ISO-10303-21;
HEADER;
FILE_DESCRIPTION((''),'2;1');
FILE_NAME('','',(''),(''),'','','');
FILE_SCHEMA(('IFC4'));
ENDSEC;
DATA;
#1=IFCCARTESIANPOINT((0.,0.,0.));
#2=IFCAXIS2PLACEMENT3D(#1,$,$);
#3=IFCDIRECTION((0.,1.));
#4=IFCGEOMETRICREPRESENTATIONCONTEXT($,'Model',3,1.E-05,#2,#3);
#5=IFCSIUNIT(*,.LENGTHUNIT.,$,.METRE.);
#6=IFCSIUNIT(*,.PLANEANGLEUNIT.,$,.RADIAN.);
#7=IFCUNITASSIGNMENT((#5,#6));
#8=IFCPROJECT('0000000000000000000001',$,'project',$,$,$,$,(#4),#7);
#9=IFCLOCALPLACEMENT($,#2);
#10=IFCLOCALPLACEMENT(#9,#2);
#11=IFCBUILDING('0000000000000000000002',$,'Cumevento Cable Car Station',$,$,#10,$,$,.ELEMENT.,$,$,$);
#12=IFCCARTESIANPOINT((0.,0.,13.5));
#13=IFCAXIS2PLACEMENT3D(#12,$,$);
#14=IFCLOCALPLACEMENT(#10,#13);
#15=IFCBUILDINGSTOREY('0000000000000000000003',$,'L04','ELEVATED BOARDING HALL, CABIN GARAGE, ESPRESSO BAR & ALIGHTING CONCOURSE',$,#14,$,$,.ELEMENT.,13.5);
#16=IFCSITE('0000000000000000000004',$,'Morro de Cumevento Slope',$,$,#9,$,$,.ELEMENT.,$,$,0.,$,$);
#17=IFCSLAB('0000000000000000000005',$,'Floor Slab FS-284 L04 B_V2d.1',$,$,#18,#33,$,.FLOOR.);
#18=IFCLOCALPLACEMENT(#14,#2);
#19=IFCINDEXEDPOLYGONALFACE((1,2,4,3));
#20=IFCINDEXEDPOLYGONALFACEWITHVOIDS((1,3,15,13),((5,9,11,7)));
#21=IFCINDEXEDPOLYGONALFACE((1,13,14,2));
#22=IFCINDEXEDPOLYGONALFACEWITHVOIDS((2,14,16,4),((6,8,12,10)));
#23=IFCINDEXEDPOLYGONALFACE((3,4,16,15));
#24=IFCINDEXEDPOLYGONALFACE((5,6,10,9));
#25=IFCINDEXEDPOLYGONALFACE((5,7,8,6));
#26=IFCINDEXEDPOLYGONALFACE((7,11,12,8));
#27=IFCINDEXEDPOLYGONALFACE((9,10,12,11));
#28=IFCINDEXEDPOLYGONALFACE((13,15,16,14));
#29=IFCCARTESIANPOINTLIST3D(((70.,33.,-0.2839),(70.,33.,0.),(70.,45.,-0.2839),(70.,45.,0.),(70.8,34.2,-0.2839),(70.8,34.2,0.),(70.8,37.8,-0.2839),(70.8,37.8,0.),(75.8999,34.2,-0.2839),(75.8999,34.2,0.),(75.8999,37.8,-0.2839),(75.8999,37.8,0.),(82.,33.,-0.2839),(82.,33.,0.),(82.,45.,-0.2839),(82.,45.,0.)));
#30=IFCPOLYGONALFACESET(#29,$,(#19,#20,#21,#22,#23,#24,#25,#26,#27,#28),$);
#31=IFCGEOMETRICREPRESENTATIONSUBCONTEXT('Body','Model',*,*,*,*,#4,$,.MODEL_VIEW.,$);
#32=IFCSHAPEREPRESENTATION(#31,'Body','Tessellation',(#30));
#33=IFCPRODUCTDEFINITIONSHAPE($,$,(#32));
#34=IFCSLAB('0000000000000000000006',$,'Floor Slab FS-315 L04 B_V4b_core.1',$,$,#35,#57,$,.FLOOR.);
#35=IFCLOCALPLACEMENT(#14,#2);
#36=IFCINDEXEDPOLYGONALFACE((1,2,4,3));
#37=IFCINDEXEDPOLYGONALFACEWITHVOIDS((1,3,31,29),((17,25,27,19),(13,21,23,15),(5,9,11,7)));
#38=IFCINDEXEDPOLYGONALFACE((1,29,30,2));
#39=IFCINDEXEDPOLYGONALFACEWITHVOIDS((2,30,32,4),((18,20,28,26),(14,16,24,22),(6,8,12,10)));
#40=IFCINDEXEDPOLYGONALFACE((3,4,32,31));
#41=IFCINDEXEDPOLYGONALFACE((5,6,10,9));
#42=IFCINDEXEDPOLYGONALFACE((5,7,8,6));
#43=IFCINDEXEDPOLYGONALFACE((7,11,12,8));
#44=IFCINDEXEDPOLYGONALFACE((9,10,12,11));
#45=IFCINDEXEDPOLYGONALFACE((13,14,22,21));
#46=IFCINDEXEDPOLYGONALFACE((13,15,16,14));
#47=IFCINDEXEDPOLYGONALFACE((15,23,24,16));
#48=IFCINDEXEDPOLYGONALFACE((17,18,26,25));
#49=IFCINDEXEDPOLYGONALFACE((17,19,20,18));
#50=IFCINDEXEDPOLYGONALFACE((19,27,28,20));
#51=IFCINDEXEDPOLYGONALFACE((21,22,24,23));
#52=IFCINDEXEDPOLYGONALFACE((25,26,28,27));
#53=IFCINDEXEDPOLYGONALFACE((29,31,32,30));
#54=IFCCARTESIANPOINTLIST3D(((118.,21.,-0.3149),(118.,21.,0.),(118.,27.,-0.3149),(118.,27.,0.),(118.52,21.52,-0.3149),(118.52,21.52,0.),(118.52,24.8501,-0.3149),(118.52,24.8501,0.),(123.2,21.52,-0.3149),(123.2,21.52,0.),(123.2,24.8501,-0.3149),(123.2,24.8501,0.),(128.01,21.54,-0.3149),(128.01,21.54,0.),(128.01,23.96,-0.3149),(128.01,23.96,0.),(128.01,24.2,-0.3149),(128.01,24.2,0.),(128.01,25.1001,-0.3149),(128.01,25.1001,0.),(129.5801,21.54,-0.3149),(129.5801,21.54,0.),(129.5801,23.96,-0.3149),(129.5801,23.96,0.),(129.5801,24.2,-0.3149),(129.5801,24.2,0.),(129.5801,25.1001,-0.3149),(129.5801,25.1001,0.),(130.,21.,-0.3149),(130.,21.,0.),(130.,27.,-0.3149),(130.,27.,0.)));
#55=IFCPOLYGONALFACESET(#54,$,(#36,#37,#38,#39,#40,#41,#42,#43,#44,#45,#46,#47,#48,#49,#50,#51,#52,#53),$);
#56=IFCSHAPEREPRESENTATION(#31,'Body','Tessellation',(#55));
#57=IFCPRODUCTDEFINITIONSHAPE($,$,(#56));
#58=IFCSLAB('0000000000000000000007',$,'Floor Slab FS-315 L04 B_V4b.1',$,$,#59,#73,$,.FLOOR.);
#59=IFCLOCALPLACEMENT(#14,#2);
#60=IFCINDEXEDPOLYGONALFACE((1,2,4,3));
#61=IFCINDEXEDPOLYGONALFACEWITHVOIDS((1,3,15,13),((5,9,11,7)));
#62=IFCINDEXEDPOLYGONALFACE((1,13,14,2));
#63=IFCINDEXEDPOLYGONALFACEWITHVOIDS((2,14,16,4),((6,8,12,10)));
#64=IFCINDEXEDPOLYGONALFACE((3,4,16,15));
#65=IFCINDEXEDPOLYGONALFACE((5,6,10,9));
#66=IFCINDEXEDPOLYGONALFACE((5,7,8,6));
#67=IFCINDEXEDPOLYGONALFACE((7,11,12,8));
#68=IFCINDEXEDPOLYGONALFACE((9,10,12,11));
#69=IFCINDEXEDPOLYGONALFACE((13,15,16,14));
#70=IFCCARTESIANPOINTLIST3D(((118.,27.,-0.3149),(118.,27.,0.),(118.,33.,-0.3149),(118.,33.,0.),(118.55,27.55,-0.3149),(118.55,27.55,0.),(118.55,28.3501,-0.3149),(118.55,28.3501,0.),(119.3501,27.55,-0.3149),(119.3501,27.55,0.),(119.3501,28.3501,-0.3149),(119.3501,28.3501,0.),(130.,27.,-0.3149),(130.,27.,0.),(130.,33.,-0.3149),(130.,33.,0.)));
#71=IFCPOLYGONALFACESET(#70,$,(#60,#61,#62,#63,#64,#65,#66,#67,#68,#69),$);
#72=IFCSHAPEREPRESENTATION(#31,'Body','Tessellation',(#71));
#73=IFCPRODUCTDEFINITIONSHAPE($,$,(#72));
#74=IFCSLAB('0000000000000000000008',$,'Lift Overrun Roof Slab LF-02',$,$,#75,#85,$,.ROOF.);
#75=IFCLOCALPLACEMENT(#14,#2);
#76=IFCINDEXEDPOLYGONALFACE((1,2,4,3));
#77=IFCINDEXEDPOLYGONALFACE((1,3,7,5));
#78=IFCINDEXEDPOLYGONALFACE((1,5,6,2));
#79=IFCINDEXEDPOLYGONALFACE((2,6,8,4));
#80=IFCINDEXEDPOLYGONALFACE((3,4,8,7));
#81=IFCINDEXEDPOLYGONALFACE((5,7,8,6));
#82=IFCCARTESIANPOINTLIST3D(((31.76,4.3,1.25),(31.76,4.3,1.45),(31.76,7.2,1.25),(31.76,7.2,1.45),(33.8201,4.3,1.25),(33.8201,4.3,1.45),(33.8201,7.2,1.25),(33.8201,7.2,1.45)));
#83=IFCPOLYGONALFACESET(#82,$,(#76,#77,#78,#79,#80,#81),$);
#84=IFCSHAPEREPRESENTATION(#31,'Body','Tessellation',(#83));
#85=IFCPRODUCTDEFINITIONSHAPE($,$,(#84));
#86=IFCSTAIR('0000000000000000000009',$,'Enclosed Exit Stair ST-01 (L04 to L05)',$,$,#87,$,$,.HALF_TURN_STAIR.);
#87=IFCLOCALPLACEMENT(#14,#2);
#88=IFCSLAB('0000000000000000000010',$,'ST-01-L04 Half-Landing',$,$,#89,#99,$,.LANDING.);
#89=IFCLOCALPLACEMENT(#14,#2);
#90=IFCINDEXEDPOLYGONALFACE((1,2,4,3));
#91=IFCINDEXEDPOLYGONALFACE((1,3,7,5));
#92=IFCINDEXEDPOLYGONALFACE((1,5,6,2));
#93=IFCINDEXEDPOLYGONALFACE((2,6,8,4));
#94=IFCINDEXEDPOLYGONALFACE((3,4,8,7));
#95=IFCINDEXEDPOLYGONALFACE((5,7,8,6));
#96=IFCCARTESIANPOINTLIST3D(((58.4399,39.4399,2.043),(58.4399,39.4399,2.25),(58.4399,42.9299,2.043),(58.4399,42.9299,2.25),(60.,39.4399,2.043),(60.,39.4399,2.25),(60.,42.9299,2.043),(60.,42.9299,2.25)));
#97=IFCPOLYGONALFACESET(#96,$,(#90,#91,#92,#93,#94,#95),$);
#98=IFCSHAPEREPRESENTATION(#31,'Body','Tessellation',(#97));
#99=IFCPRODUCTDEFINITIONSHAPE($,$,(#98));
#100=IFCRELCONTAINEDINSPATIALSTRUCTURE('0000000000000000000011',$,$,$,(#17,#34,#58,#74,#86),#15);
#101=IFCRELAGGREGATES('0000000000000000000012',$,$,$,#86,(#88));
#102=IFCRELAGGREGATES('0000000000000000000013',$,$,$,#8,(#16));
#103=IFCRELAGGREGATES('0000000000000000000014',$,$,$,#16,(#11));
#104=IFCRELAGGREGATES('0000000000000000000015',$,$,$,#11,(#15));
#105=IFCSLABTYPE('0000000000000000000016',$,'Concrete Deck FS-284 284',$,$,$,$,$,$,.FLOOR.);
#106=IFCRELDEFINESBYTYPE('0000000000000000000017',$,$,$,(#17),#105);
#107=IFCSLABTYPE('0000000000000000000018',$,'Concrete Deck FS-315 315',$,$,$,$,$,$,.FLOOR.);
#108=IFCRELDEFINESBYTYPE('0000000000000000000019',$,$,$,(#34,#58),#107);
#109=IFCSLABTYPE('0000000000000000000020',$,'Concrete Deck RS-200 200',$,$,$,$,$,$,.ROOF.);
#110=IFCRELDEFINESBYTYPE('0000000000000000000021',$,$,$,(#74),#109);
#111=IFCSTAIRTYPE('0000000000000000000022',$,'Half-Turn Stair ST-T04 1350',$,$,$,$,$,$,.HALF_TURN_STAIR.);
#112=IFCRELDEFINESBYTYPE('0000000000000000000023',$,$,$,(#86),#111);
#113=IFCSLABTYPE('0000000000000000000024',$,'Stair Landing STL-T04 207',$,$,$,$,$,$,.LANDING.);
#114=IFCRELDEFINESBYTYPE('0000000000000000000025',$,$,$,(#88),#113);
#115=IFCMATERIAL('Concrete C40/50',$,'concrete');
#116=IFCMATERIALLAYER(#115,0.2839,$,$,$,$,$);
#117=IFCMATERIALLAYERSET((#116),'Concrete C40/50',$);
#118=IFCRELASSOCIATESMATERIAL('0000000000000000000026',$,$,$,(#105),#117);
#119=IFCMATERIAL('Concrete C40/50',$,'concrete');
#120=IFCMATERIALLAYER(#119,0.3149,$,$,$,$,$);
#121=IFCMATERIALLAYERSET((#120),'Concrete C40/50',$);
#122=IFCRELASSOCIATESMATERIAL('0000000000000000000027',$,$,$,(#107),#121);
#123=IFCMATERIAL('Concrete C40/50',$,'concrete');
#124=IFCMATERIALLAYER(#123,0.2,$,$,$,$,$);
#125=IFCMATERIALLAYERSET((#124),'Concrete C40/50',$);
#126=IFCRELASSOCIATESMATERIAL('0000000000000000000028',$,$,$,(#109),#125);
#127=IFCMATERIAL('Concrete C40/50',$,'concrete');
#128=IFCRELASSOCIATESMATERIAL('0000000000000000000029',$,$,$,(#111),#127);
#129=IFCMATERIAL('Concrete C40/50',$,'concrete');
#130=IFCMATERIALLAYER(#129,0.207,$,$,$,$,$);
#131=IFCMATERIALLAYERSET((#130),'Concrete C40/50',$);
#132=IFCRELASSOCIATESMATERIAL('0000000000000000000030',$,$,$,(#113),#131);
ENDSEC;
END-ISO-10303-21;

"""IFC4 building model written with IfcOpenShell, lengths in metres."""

from ifc_helpers import new_model, si_unit, direction, frame, origin, place, context, subcontext, project, spatial, polyline, outline, extrude, material, layer, layer_set, type_object, element, aggregate, save


model = new_model("IFC4")

# Units and contexts
model_context = context("Model", 3, precision=1e-05, world=origin(), true_north=direction((0.0, 1.0)))
body_context = subcontext(model_context, "Body", "Model", "MODEL_VIEW")
ifc_project = project(units=[si_unit("LENGTHUNIT", "METRE"), si_unit("PLANEANGLEUNIT", "RADIAN")], contexts=[model_context])

# Site, building, storey
site_placement = place(None, origin())
site = spatial("IfcSite", under=ifc_project, at=site_placement, Name="Morro de Cumevento Slope", CompositionType="ELEMENT", RefElevation=0.0)
building_placement = place(site_placement, origin())
building = spatial("IfcBuilding", under=site, at=building_placement, Name="Cumevento Cable Car Station", CompositionType="ELEMENT")
storey_placement = place(building_placement, frame((0.0, 0.0, 13.5)))
storey = spatial("IfcBuildingStorey", under=building, at=storey_placement, Name="L04", Description="ELEVATED BOARDING HALL, CABIN GARAGE, ESPRESSO BAR & ALIGHTING CONCOURSE", CompositionType="ELEMENT", Elevation=13.5)

# Slabs
ifc_material_1 = material(Name="Concrete C40/50", Category="concrete")
ifc_layer_1 = layer(ifc_material_1, 0.2839)
ifc_layer_set_1 = layer_set([ifc_layer_1], Name="Concrete C40/50")
slab_type_1 = type_object("IfcSlabType", Name="Concrete Deck FS-284 284", PredefinedType="FLOOR", material=ifc_layer_set_1)
slab_1_placement = place(storey_placement, frame((0.0, 0.0, -0.2839)))
element("IfcSlab", 1, at=slab_1_placement, inside=storey, type_object=slab_type_1, Name="Floor Slab FS-284 L04 B_V2d.1", PredefinedType="FLOOR", context=body_context, shape_type="SweptSolid", body=[
    extrude(outline(polyline([(70.0, 33.0), (82.0, 33.0), (82.0, 45.0), (70.0, 45.0), (70.0, 33.0)]), holes=[polyline([(70.8, 34.2), (75.8999, 34.2), (75.8999, 37.8), (70.8, 37.8), (70.8, 34.2)])]), origin(), (0.0, 0.0, 1.0), 0.2839),
])
ifc_material_2 = material(Name="Concrete C40/50", Category="concrete")
ifc_layer_2 = layer(ifc_material_2, 0.3149)
ifc_layer_set_2 = layer_set([ifc_layer_2], Name="Concrete C40/50")
slab_type_2 = type_object("IfcSlabType", Name="Concrete Deck FS-315 315", PredefinedType="FLOOR", material=ifc_layer_set_2)
slab_2_placement = place(storey_placement, frame((0.0, 0.0, -0.3149)))
element("IfcSlab", 2, at=slab_2_placement, inside=storey, type_object=slab_type_2, Name="Floor Slab FS-315 L04 B_V4b_core.1", PredefinedType="FLOOR", context=body_context, shape_type="SweptSolid", body=[
    extrude(outline(polyline([(118.0, 21.0), (130.0, 21.0), (130.0, 27.0), (118.0, 27.0), (118.0, 21.0)]), holes=[polyline([(128.01, 21.54), (129.5801, 21.54), (129.5801, 23.96), (128.01, 23.96), (128.01, 21.54)]), polyline([(118.52, 21.52), (123.2, 21.52), (123.2, 24.8501), (118.52, 24.8501), (118.52, 21.52)]), polyline([(128.01, 24.2), (129.5801, 24.2), (129.5801, 25.1001), (128.01, 25.1001), (128.01, 24.2)])]), origin(), (0.0, 0.0, 1.0), 0.3149),
])
slab_3_placement = place(storey_placement, frame((0.0, 0.0, -0.3149)))
element("IfcSlab", 3, at=slab_3_placement, inside=storey, type_object=slab_type_2, Name="Floor Slab FS-315 L04 B_V4b.1", PredefinedType="FLOOR", context=body_context, shape_type="SweptSolid", body=[
    extrude(outline(polyline([(118.0, 27.0), (130.0, 27.0), (130.0, 33.0), (118.0, 33.0), (118.0, 27.0)]), holes=[polyline([(118.55, 27.55), (119.3501, 27.55), (119.3501, 28.3501), (118.55, 28.3501), (118.55, 27.55)])]), origin(), (0.0, 0.0, 1.0), 0.3149),
])
ifc_material_3 = material(Name="Concrete C40/50", Category="concrete")
ifc_layer_3 = layer(ifc_material_3, 0.2)
ifc_layer_set_3 = layer_set([ifc_layer_3], Name="Concrete C40/50")
slab_type_3 = type_object("IfcSlabType", Name="Concrete Deck RS-200 200", PredefinedType="ROOF", material=ifc_layer_set_3)
slab_4_placement = place(storey_placement, frame((0.0, 0.0, 1.25)))
element("IfcSlab", 4, at=slab_4_placement, inside=storey, type_object=slab_type_3, Name="Lift Overrun Roof Slab LF-02", PredefinedType="ROOF", context=body_context, shape_type="SweptSolid", body=[
    extrude(outline(polyline([(31.76, 4.3), (33.8201, 4.3), (33.8201, 7.2), (31.76, 7.2), (31.76, 4.3)])), origin(), (0.0, 0.0, 1.0), 0.2),
])

# Stair, slab
ifc_material_4 = material(Name="Concrete C40/50", Category="concrete")
stair_type = type_object("IfcStairType", Name="Half-Turn Stair ST-T04 1350", PredefinedType="HALF_TURN_STAIR", material=ifc_material_4)
stair_placement = place(storey_placement, origin())
stair = element("IfcStair", 5, at=stair_placement, inside=storey, type_object=stair_type, Name="Enclosed Exit Stair ST-01 (L04 to L05)", PredefinedType="HALF_TURN_STAIR")
ifc_material_5 = material(Name="Concrete C40/50", Category="concrete")
ifc_layer_4 = layer(ifc_material_5, 0.207)
ifc_layer_set_4 = layer_set([ifc_layer_4], Name="Concrete C40/50")
slab_type_4 = type_object("IfcSlabType", Name="Stair Landing STL-T04 207", PredefinedType="LANDING", material=ifc_layer_set_4)
slab_5_placement = place(storey_placement, frame((0.0, 0.0, 2.043)))
slab_5 = element("IfcSlab", 6, at=slab_5_placement, type_object=slab_type_4, Name="ST-01-L04 Half-Landing", PredefinedType="LANDING", context=body_context, shape_type="SweptSolid", body=[
    extrude(outline(polyline([(58.4399, 39.4399), (60.0, 39.4399), (60.0, 42.9299), (58.4399, 42.9299), (58.4399, 39.4399)])), origin(), (0.0, 0.0, 1.0), 0.207),
])
aggregate(stair, [slab_5])

save(model, "model.ifc")
